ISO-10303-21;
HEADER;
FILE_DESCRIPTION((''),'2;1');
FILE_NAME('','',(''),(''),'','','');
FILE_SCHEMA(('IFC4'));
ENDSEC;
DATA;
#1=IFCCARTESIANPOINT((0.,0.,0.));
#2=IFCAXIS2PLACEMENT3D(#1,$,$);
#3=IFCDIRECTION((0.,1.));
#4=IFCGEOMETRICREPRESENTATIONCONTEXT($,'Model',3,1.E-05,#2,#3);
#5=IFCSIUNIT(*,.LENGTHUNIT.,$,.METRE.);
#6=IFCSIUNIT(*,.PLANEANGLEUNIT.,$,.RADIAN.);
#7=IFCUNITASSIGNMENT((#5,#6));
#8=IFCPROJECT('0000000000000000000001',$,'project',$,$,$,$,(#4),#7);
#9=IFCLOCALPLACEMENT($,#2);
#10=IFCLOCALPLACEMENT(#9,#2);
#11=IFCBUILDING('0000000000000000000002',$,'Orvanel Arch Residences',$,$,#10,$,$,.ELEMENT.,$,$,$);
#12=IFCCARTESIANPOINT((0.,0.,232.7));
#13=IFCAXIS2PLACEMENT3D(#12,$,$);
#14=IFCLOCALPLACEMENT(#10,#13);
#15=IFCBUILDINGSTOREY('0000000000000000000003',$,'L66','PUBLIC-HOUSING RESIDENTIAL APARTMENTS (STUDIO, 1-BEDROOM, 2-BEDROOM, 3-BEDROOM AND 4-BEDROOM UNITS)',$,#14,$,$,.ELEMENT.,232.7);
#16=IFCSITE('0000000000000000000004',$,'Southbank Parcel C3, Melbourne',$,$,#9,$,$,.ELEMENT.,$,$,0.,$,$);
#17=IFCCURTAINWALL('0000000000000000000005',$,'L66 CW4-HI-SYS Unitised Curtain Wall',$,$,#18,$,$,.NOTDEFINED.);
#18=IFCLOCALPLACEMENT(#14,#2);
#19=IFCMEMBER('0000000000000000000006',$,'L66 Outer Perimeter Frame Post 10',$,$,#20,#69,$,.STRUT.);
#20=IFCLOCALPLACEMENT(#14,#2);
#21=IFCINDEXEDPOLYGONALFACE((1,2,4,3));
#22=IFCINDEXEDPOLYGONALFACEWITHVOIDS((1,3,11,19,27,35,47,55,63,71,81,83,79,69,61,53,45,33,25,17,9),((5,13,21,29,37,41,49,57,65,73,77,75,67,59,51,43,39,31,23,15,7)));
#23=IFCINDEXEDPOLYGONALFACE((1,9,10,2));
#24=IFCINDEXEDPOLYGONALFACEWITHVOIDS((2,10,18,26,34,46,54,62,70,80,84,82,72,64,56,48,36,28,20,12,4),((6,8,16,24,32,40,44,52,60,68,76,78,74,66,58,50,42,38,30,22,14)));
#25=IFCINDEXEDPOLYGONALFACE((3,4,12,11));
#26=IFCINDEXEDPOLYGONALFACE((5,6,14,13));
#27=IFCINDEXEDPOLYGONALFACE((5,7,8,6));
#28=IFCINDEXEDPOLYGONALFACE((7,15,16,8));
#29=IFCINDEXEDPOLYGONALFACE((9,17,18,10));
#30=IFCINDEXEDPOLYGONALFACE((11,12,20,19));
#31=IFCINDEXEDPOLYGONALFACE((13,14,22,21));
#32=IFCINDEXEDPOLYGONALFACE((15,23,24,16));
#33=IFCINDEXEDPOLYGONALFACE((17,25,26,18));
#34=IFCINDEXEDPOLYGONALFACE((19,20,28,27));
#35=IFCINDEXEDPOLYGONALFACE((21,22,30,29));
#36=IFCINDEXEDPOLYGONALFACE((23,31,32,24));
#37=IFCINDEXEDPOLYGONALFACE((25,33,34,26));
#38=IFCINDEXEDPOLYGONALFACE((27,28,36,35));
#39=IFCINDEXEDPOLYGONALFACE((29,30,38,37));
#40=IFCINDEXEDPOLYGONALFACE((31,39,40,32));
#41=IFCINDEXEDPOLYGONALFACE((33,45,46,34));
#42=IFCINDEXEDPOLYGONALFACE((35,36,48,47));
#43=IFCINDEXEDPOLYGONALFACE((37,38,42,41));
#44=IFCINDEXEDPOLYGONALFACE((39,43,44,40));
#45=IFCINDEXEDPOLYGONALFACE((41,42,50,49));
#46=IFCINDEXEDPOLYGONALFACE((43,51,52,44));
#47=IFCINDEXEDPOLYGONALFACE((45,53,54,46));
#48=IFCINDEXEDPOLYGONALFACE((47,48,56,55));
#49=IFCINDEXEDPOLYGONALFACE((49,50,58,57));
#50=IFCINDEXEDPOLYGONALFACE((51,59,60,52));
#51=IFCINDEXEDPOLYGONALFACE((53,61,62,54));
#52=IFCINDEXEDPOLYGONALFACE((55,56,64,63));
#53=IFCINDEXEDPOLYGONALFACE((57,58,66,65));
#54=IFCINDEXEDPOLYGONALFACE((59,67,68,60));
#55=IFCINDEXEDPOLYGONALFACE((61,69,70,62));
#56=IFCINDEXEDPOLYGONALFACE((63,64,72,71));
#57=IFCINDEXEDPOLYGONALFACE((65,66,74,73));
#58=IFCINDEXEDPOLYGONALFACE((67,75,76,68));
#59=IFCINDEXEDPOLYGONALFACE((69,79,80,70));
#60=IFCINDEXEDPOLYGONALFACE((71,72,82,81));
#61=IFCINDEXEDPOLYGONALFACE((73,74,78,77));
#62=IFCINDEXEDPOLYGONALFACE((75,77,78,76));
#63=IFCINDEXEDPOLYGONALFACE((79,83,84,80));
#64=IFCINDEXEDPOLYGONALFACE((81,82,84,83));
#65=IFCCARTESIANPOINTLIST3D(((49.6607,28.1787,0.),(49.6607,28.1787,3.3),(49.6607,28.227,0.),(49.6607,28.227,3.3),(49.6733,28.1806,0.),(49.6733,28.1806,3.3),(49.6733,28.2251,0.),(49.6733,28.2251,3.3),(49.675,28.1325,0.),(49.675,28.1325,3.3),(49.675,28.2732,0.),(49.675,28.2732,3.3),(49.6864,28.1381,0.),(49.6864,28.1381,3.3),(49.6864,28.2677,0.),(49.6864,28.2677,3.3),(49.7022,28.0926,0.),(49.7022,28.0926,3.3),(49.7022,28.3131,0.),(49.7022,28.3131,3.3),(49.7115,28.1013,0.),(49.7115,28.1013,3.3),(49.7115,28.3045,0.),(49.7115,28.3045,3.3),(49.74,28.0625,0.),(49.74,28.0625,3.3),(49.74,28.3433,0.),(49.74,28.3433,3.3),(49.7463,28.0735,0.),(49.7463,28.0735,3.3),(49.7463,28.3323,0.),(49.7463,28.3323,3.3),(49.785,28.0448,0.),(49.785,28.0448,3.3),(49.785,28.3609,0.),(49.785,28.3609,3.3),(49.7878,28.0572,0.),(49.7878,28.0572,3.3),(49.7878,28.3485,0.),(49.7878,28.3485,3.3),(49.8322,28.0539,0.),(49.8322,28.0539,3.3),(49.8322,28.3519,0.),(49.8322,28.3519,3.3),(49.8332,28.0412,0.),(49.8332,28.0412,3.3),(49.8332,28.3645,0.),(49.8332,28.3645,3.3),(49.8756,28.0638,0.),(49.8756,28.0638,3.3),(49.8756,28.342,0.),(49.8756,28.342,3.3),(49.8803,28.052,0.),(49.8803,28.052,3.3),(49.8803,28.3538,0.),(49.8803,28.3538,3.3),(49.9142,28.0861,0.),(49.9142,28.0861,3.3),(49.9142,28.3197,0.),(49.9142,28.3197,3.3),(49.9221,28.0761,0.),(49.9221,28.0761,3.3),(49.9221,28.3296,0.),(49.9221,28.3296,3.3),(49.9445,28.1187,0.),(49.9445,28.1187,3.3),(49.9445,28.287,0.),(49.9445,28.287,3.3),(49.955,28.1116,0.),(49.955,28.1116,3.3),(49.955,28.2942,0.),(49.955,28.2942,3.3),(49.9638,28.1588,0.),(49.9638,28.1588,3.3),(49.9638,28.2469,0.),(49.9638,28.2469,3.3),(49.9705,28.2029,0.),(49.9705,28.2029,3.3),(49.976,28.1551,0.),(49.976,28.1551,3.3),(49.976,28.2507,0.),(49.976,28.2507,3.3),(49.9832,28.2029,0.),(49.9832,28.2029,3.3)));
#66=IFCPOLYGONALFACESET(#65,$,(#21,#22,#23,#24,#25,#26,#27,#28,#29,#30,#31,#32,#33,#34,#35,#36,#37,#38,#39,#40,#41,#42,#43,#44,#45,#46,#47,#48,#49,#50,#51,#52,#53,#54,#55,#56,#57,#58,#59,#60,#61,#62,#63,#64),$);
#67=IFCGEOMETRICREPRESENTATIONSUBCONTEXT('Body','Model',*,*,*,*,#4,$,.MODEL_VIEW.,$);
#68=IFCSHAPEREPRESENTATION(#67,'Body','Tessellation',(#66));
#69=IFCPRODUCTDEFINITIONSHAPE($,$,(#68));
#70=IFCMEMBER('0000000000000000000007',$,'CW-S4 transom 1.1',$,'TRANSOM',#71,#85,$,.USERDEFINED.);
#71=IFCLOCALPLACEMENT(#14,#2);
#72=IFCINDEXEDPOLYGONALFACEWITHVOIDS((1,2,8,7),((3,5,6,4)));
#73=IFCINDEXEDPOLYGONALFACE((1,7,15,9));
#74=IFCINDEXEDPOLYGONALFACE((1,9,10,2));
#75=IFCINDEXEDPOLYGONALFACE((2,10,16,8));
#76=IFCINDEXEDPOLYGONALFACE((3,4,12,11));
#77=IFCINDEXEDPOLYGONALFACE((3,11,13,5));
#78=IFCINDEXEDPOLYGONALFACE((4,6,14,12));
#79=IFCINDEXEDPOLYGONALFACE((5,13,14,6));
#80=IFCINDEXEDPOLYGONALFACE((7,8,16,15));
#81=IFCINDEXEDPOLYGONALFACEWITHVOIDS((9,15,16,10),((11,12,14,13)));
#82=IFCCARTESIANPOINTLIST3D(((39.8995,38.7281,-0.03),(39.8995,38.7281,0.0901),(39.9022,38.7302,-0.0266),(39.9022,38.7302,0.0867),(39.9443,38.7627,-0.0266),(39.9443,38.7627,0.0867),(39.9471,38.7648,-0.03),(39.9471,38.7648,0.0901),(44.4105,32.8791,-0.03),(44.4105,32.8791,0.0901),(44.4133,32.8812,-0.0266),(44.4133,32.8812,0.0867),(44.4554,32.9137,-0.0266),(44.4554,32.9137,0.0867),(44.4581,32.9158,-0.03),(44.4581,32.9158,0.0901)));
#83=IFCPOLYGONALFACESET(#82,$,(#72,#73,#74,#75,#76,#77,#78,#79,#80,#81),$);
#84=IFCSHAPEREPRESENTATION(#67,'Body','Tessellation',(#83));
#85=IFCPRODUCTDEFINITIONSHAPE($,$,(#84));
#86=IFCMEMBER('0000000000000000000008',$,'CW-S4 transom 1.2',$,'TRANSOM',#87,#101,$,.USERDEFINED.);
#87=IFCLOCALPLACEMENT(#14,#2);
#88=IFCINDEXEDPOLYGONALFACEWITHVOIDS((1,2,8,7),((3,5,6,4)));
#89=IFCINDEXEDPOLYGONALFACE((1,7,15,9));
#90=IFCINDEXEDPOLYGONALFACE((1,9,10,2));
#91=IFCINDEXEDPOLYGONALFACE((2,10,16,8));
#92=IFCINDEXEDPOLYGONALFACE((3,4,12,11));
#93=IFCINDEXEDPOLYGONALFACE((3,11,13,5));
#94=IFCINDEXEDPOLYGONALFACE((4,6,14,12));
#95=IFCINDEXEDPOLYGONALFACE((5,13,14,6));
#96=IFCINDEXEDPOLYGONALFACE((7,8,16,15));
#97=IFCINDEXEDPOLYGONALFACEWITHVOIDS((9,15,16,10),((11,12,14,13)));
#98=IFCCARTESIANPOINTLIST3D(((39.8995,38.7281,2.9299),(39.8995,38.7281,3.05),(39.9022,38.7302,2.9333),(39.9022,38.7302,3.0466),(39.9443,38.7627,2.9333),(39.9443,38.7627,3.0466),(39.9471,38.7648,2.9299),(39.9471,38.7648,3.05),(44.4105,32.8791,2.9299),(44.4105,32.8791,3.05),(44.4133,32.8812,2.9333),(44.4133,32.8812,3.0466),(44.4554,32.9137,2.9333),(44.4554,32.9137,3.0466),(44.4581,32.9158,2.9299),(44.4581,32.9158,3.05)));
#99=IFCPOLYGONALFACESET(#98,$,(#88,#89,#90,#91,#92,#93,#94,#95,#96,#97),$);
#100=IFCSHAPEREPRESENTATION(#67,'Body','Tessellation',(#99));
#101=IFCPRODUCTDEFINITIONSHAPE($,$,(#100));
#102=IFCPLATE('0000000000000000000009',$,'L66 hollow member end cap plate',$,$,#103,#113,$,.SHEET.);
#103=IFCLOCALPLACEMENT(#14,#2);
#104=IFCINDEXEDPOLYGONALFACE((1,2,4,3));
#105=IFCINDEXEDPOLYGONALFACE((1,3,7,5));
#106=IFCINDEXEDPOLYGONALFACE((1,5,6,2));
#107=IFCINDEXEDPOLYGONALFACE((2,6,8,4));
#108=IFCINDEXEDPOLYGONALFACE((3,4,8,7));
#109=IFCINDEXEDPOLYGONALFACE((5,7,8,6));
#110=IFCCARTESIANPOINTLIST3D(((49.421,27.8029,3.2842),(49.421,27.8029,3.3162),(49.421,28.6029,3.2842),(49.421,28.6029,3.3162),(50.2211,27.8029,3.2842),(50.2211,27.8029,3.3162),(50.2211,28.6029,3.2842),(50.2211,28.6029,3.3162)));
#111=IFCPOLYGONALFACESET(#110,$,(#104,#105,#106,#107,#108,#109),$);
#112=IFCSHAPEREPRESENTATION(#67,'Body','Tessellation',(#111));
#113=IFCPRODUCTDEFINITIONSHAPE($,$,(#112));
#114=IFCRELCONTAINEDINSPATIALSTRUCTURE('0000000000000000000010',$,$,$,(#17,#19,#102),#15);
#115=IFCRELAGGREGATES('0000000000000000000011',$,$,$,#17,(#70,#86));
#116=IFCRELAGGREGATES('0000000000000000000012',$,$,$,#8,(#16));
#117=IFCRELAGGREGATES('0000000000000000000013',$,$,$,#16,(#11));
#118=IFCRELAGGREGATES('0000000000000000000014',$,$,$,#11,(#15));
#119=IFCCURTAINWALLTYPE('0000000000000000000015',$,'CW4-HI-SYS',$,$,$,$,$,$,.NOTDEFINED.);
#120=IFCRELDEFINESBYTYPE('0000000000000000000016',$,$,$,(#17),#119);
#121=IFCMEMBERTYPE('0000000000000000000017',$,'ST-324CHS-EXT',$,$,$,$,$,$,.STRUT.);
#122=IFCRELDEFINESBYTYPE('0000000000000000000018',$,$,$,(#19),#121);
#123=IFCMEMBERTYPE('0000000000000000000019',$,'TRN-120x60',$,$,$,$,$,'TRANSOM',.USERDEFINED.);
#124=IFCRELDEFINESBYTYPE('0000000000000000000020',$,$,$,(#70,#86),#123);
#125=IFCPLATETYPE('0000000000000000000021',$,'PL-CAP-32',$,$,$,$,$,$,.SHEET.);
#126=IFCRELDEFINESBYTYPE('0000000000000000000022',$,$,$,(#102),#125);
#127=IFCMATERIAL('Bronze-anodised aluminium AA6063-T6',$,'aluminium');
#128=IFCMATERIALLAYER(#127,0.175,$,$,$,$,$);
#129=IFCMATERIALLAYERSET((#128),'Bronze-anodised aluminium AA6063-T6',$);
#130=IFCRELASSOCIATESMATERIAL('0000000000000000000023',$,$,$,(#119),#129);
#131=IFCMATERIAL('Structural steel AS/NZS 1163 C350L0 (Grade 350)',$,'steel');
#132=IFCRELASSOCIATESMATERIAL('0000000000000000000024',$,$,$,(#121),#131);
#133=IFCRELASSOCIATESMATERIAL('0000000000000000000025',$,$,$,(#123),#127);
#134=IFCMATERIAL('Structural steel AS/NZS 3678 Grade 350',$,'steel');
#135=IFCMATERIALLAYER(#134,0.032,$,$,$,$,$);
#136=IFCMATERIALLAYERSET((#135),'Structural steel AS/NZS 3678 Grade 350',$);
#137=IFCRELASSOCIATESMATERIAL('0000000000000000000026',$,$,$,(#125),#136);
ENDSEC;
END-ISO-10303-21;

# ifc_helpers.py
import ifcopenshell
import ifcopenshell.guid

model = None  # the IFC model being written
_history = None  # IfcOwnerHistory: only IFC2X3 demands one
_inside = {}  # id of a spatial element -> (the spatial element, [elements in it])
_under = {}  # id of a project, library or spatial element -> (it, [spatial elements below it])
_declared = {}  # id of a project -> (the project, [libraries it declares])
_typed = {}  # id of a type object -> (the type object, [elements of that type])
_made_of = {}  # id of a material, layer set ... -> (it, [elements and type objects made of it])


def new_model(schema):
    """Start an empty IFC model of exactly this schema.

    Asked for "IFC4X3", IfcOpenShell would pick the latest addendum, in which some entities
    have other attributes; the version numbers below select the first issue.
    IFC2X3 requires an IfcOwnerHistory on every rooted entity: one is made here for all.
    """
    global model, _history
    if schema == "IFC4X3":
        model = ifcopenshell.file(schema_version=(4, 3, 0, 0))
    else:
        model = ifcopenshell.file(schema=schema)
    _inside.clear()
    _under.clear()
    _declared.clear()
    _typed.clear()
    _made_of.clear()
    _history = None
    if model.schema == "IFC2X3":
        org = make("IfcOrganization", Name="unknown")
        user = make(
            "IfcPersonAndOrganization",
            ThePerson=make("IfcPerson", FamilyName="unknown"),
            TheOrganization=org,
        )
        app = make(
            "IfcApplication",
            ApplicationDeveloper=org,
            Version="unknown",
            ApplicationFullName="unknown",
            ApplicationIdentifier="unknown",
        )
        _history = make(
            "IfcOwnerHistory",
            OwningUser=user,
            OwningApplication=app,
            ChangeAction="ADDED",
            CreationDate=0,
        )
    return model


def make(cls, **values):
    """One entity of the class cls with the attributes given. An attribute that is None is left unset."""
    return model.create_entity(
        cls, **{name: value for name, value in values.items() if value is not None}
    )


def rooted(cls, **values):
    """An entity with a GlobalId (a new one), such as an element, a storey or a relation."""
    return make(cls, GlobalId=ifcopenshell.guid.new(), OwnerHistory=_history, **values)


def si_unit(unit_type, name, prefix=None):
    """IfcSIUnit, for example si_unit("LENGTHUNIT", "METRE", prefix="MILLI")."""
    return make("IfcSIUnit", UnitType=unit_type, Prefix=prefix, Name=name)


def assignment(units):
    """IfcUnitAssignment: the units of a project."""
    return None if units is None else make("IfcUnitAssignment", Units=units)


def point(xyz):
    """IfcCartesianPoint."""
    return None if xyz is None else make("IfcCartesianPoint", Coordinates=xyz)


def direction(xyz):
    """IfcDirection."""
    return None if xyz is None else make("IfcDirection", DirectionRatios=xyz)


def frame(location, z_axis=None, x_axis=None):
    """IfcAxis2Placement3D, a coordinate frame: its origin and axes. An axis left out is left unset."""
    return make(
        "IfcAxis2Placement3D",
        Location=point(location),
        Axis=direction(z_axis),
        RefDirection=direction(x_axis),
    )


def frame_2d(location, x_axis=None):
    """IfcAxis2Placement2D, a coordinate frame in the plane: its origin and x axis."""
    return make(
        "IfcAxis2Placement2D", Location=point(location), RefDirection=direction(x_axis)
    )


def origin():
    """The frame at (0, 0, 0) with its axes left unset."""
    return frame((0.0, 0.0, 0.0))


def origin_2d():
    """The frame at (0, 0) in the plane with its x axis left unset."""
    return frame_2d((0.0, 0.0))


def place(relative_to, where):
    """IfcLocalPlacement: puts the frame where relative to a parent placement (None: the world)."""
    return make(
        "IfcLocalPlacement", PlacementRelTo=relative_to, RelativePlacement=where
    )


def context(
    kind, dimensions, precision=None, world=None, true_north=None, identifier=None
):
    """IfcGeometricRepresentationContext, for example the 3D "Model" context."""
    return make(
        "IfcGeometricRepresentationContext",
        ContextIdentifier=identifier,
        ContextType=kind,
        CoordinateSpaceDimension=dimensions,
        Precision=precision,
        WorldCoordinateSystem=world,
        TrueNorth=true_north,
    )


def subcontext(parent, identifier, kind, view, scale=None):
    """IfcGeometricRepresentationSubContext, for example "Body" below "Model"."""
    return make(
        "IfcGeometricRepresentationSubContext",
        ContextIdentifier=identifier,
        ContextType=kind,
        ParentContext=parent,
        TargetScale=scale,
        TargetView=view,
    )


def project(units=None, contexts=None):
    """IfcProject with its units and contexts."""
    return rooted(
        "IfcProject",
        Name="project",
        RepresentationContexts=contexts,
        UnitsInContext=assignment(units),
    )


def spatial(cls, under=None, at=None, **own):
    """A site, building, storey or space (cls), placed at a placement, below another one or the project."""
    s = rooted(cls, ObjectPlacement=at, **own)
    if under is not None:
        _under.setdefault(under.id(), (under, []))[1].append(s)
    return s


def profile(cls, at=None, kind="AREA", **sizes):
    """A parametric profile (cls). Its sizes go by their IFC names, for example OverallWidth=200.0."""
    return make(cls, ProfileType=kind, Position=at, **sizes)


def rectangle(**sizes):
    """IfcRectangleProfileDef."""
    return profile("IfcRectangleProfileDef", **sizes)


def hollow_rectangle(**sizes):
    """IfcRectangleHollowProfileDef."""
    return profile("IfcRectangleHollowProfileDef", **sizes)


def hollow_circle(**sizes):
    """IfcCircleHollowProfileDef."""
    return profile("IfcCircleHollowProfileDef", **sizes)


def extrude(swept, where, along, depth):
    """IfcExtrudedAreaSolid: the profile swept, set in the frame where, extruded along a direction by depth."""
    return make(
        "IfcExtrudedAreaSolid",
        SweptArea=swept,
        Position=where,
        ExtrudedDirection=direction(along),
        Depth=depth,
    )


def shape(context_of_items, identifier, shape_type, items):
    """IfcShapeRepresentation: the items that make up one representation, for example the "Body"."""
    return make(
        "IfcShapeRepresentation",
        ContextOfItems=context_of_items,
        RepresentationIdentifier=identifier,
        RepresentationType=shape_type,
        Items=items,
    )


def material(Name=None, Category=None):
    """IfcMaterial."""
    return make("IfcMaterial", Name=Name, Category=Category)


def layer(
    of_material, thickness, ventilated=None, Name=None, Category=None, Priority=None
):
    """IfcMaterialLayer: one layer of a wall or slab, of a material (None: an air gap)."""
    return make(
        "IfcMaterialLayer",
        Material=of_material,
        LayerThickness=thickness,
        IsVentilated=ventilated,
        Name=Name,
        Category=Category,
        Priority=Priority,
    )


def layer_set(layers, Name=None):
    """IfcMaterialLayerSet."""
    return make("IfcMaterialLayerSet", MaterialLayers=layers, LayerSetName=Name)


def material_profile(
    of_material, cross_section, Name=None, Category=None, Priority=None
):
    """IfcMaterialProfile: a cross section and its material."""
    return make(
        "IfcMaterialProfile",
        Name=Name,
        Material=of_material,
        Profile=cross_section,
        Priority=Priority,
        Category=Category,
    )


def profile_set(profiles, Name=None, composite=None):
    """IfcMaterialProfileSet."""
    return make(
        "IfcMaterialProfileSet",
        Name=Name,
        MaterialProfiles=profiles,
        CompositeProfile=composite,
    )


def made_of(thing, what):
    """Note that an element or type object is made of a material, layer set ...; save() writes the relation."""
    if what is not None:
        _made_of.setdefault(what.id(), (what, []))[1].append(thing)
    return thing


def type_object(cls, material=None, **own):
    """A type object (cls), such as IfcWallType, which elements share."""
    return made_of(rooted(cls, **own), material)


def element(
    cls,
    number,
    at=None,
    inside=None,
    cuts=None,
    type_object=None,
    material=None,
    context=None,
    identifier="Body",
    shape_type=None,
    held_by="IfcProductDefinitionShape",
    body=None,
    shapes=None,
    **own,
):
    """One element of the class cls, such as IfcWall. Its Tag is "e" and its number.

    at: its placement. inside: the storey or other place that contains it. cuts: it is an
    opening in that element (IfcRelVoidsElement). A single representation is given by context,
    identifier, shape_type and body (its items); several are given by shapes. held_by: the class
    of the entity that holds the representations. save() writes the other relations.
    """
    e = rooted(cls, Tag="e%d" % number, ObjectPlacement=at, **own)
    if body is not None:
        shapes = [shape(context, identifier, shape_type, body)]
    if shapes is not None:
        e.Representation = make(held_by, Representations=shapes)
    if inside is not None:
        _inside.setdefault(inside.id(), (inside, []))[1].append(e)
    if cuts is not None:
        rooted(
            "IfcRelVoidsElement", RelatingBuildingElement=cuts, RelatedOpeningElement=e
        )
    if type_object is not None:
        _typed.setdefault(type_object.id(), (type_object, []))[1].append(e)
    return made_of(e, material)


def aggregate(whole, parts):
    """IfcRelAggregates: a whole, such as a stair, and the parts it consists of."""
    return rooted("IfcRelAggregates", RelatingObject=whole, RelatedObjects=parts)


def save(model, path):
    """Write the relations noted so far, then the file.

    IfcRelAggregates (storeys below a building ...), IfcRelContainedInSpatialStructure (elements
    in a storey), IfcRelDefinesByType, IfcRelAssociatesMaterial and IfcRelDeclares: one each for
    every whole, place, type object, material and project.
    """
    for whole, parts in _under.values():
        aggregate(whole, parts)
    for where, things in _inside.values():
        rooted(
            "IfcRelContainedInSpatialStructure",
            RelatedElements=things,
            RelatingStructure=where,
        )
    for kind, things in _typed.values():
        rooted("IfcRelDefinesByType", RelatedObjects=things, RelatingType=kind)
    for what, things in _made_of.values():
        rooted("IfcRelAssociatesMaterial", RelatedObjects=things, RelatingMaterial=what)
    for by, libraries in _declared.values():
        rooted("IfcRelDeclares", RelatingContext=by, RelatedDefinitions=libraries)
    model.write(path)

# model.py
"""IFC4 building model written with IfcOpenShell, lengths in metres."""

from ifc_helpers import new_model, si_unit, direction, frame, origin, origin_2d, place, context, subcontext, project, spatial, rectangle, hollow_rectangle, hollow_circle, extrude, material, layer, layer_set, material_profile, profile_set, type_object, element, aggregate, save


model = new_model("IFC4")

# Units and contexts
model_context = context("Model", 3, precision=1e-05, world=origin(), true_north=direction((0.0, 1.0)))
body_context = subcontext(model_context, "Body", "Model", "MODEL_VIEW")
ifc_project = project(units=[si_unit("LENGTHUNIT", "METRE"), si_unit("PLANEANGLEUNIT", "RADIAN")], contexts=[model_context])

# Site, building, storey
site_placement = place(None, origin())
site = spatial("IfcSite", under=ifc_project, at=site_placement, Name="Southbank Parcel C3, Melbourne", CompositionType="ELEMENT", RefElevation=0.0)
building_placement = place(site_placement, origin())
building = spatial("IfcBuilding", under=site, at=building_placement, Name="Orvanel Arch Residences", CompositionType="ELEMENT")
storey_placement = place(building_placement, frame((0.0, 0.0, 232.7)))
storey = spatial("IfcBuildingStorey", under=building, at=storey_placement, Name="L66", Description="PUBLIC-HOUSING RESIDENTIAL APARTMENTS (STUDIO, 1-BEDROOM, 2-BEDROOM, 3-BEDROOM AND 4-BEDROOM UNITS)", CompositionType="ELEMENT", Elevation=232.7)

# Shared definitions
ifc_material_1 = material(Name="Structural steel AS/NZS 1163 C350L0 (Grade 350)", Category="steel")

# Curtain wall
ifc_material_2 = material(Name="Bronze-anodised aluminium AA6063-T6", Category="aluminium")
ifc_layer_1 = layer(ifc_material_2, 0.175)
ifc_layer_set_1 = layer_set([ifc_layer_1], Name="Bronze-anodised aluminium AA6063-T6")
curtain_wall_type = type_object("IfcCurtainWallType", Name="CW4-HI-SYS", PredefinedType="NOTDEFINED", material=ifc_layer_set_1)
curtain_wall_placement = place(storey_placement, origin())
curtain_wall = element("IfcCurtainWall", 1, at=curtain_wall_placement, inside=storey, type_object=curtain_wall_type, Name="L66 CW4-HI-SYS Unitised Curtain Wall", PredefinedType="NOTDEFINED")

# Members
ifc_material_profile_1 = material_profile(ifc_material_1, hollow_circle(Radius=0.1621, WallThickness=0.0127, at=origin_2d()), Name="CHS324x12.7")
ifc_profile_set_1 = profile_set([ifc_material_profile_1], Name="Structural steel AS/NZS 1163 C350L0 (Grade 350)")
member_type_1 = type_object("IfcMemberType", Name="ST-324CHS-EXT", PredefinedType="STRUT", material=ifc_profile_set_1)
member_1_placement = place(storey_placement, frame((49.821, 28.2029, 0.0), z_axis=(0.0, 0.0, 1.0), x_axis=(1.0, 0.0, 0.0)))
element("IfcMember", 2, at=member_1_placement, inside=storey, type_object=member_type_1, Name="L66 Outer Perimeter Frame Post 10", PredefinedType="STRUT", context=body_context, shape_type="SweptSolid", body=[
    extrude(hollow_circle(Radius=0.1621, WallThickness=0.0127, at=origin_2d()), origin(), (0.0, 0.0, 1.0), 3.3),
])
ifc_material_profile_2 = material_profile(ifc_material_2, hollow_rectangle(XDim=0.0601, YDim=0.1201, WallThickness=0.0034, at=origin_2d()), Name="ALU120x60x3.5")
ifc_profile_set_2 = profile_set([ifc_material_profile_2], Name="Bronze-anodised aluminium AA6063-T6")
member_type_2 = type_object("IfcMemberType", Name="TRN-120x60", ElementType="TRANSOM", PredefinedType="USERDEFINED", material=ifc_profile_set_2)
member_2_placement = place(storey_placement, frame((44.4343, 32.8975, 0.03), z_axis=(-0.610718, 0.791848, 0.0), x_axis=(-0.791848, -0.610718, 0.0)))
member_2 = element("IfcMember", 3, at=member_2_placement, type_object=member_type_2, Name="CW-S4 transom 1.1", ObjectType="TRANSOM", PredefinedType="USERDEFINED", context=body_context, shape_type="SweptSolid", body=[
    extrude(hollow_rectangle(XDim=0.0601, YDim=0.1201, WallThickness=0.0034, at=origin_2d()), origin(), (0.0, 0.0, 1.0), 7.3865),
])
member_3_placement = place(storey_placement, frame((44.4343, 32.8975, 2.99), z_axis=(-0.610718, 0.791848, 0.0), x_axis=(-0.791848, -0.610718, 0.0)))
member_3 = element("IfcMember", 4, at=member_3_placement, type_object=member_type_2, Name="CW-S4 transom 1.2", ObjectType="TRANSOM", PredefinedType="USERDEFINED", context=body_context, shape_type="SweptSolid", body=[
    extrude(hollow_rectangle(XDim=0.0601, YDim=0.1201, WallThickness=0.0034, at=origin_2d()), origin(), (0.0, 0.0, 1.0), 7.3865),
])
aggregate(curtain_wall, [member_2, member_3])

# Plate
ifc_material_3 = material(Name="Structural steel AS/NZS 3678 Grade 350", Category="steel")
ifc_layer_2 = layer(ifc_material_3, 0.032)
ifc_layer_set_2 = layer_set([ifc_layer_2], Name="Structural steel AS/NZS 3678 Grade 350")
plate_type = type_object("IfcPlateType", Name="PL-CAP-32", PredefinedType="SHEET", material=ifc_layer_set_2)
plate_placement = place(storey_placement, frame((49.821, 28.2029, 3.2842), z_axis=(0.0, 0.0, 1.0), x_axis=(1.0, 0.0, 0.0)))
element("IfcPlate", 5, at=plate_placement, inside=storey, type_object=plate_type, Name="L66 hollow member end cap plate", PredefinedType="SHEET", context=body_context, shape_type="SweptSolid", body=[
    extrude(rectangle(XDim=0.8, YDim=0.8, at=origin_2d()), origin(), (0.0, 0.0, 1.0), 0.032),
])

save(model, "model.ifc")
